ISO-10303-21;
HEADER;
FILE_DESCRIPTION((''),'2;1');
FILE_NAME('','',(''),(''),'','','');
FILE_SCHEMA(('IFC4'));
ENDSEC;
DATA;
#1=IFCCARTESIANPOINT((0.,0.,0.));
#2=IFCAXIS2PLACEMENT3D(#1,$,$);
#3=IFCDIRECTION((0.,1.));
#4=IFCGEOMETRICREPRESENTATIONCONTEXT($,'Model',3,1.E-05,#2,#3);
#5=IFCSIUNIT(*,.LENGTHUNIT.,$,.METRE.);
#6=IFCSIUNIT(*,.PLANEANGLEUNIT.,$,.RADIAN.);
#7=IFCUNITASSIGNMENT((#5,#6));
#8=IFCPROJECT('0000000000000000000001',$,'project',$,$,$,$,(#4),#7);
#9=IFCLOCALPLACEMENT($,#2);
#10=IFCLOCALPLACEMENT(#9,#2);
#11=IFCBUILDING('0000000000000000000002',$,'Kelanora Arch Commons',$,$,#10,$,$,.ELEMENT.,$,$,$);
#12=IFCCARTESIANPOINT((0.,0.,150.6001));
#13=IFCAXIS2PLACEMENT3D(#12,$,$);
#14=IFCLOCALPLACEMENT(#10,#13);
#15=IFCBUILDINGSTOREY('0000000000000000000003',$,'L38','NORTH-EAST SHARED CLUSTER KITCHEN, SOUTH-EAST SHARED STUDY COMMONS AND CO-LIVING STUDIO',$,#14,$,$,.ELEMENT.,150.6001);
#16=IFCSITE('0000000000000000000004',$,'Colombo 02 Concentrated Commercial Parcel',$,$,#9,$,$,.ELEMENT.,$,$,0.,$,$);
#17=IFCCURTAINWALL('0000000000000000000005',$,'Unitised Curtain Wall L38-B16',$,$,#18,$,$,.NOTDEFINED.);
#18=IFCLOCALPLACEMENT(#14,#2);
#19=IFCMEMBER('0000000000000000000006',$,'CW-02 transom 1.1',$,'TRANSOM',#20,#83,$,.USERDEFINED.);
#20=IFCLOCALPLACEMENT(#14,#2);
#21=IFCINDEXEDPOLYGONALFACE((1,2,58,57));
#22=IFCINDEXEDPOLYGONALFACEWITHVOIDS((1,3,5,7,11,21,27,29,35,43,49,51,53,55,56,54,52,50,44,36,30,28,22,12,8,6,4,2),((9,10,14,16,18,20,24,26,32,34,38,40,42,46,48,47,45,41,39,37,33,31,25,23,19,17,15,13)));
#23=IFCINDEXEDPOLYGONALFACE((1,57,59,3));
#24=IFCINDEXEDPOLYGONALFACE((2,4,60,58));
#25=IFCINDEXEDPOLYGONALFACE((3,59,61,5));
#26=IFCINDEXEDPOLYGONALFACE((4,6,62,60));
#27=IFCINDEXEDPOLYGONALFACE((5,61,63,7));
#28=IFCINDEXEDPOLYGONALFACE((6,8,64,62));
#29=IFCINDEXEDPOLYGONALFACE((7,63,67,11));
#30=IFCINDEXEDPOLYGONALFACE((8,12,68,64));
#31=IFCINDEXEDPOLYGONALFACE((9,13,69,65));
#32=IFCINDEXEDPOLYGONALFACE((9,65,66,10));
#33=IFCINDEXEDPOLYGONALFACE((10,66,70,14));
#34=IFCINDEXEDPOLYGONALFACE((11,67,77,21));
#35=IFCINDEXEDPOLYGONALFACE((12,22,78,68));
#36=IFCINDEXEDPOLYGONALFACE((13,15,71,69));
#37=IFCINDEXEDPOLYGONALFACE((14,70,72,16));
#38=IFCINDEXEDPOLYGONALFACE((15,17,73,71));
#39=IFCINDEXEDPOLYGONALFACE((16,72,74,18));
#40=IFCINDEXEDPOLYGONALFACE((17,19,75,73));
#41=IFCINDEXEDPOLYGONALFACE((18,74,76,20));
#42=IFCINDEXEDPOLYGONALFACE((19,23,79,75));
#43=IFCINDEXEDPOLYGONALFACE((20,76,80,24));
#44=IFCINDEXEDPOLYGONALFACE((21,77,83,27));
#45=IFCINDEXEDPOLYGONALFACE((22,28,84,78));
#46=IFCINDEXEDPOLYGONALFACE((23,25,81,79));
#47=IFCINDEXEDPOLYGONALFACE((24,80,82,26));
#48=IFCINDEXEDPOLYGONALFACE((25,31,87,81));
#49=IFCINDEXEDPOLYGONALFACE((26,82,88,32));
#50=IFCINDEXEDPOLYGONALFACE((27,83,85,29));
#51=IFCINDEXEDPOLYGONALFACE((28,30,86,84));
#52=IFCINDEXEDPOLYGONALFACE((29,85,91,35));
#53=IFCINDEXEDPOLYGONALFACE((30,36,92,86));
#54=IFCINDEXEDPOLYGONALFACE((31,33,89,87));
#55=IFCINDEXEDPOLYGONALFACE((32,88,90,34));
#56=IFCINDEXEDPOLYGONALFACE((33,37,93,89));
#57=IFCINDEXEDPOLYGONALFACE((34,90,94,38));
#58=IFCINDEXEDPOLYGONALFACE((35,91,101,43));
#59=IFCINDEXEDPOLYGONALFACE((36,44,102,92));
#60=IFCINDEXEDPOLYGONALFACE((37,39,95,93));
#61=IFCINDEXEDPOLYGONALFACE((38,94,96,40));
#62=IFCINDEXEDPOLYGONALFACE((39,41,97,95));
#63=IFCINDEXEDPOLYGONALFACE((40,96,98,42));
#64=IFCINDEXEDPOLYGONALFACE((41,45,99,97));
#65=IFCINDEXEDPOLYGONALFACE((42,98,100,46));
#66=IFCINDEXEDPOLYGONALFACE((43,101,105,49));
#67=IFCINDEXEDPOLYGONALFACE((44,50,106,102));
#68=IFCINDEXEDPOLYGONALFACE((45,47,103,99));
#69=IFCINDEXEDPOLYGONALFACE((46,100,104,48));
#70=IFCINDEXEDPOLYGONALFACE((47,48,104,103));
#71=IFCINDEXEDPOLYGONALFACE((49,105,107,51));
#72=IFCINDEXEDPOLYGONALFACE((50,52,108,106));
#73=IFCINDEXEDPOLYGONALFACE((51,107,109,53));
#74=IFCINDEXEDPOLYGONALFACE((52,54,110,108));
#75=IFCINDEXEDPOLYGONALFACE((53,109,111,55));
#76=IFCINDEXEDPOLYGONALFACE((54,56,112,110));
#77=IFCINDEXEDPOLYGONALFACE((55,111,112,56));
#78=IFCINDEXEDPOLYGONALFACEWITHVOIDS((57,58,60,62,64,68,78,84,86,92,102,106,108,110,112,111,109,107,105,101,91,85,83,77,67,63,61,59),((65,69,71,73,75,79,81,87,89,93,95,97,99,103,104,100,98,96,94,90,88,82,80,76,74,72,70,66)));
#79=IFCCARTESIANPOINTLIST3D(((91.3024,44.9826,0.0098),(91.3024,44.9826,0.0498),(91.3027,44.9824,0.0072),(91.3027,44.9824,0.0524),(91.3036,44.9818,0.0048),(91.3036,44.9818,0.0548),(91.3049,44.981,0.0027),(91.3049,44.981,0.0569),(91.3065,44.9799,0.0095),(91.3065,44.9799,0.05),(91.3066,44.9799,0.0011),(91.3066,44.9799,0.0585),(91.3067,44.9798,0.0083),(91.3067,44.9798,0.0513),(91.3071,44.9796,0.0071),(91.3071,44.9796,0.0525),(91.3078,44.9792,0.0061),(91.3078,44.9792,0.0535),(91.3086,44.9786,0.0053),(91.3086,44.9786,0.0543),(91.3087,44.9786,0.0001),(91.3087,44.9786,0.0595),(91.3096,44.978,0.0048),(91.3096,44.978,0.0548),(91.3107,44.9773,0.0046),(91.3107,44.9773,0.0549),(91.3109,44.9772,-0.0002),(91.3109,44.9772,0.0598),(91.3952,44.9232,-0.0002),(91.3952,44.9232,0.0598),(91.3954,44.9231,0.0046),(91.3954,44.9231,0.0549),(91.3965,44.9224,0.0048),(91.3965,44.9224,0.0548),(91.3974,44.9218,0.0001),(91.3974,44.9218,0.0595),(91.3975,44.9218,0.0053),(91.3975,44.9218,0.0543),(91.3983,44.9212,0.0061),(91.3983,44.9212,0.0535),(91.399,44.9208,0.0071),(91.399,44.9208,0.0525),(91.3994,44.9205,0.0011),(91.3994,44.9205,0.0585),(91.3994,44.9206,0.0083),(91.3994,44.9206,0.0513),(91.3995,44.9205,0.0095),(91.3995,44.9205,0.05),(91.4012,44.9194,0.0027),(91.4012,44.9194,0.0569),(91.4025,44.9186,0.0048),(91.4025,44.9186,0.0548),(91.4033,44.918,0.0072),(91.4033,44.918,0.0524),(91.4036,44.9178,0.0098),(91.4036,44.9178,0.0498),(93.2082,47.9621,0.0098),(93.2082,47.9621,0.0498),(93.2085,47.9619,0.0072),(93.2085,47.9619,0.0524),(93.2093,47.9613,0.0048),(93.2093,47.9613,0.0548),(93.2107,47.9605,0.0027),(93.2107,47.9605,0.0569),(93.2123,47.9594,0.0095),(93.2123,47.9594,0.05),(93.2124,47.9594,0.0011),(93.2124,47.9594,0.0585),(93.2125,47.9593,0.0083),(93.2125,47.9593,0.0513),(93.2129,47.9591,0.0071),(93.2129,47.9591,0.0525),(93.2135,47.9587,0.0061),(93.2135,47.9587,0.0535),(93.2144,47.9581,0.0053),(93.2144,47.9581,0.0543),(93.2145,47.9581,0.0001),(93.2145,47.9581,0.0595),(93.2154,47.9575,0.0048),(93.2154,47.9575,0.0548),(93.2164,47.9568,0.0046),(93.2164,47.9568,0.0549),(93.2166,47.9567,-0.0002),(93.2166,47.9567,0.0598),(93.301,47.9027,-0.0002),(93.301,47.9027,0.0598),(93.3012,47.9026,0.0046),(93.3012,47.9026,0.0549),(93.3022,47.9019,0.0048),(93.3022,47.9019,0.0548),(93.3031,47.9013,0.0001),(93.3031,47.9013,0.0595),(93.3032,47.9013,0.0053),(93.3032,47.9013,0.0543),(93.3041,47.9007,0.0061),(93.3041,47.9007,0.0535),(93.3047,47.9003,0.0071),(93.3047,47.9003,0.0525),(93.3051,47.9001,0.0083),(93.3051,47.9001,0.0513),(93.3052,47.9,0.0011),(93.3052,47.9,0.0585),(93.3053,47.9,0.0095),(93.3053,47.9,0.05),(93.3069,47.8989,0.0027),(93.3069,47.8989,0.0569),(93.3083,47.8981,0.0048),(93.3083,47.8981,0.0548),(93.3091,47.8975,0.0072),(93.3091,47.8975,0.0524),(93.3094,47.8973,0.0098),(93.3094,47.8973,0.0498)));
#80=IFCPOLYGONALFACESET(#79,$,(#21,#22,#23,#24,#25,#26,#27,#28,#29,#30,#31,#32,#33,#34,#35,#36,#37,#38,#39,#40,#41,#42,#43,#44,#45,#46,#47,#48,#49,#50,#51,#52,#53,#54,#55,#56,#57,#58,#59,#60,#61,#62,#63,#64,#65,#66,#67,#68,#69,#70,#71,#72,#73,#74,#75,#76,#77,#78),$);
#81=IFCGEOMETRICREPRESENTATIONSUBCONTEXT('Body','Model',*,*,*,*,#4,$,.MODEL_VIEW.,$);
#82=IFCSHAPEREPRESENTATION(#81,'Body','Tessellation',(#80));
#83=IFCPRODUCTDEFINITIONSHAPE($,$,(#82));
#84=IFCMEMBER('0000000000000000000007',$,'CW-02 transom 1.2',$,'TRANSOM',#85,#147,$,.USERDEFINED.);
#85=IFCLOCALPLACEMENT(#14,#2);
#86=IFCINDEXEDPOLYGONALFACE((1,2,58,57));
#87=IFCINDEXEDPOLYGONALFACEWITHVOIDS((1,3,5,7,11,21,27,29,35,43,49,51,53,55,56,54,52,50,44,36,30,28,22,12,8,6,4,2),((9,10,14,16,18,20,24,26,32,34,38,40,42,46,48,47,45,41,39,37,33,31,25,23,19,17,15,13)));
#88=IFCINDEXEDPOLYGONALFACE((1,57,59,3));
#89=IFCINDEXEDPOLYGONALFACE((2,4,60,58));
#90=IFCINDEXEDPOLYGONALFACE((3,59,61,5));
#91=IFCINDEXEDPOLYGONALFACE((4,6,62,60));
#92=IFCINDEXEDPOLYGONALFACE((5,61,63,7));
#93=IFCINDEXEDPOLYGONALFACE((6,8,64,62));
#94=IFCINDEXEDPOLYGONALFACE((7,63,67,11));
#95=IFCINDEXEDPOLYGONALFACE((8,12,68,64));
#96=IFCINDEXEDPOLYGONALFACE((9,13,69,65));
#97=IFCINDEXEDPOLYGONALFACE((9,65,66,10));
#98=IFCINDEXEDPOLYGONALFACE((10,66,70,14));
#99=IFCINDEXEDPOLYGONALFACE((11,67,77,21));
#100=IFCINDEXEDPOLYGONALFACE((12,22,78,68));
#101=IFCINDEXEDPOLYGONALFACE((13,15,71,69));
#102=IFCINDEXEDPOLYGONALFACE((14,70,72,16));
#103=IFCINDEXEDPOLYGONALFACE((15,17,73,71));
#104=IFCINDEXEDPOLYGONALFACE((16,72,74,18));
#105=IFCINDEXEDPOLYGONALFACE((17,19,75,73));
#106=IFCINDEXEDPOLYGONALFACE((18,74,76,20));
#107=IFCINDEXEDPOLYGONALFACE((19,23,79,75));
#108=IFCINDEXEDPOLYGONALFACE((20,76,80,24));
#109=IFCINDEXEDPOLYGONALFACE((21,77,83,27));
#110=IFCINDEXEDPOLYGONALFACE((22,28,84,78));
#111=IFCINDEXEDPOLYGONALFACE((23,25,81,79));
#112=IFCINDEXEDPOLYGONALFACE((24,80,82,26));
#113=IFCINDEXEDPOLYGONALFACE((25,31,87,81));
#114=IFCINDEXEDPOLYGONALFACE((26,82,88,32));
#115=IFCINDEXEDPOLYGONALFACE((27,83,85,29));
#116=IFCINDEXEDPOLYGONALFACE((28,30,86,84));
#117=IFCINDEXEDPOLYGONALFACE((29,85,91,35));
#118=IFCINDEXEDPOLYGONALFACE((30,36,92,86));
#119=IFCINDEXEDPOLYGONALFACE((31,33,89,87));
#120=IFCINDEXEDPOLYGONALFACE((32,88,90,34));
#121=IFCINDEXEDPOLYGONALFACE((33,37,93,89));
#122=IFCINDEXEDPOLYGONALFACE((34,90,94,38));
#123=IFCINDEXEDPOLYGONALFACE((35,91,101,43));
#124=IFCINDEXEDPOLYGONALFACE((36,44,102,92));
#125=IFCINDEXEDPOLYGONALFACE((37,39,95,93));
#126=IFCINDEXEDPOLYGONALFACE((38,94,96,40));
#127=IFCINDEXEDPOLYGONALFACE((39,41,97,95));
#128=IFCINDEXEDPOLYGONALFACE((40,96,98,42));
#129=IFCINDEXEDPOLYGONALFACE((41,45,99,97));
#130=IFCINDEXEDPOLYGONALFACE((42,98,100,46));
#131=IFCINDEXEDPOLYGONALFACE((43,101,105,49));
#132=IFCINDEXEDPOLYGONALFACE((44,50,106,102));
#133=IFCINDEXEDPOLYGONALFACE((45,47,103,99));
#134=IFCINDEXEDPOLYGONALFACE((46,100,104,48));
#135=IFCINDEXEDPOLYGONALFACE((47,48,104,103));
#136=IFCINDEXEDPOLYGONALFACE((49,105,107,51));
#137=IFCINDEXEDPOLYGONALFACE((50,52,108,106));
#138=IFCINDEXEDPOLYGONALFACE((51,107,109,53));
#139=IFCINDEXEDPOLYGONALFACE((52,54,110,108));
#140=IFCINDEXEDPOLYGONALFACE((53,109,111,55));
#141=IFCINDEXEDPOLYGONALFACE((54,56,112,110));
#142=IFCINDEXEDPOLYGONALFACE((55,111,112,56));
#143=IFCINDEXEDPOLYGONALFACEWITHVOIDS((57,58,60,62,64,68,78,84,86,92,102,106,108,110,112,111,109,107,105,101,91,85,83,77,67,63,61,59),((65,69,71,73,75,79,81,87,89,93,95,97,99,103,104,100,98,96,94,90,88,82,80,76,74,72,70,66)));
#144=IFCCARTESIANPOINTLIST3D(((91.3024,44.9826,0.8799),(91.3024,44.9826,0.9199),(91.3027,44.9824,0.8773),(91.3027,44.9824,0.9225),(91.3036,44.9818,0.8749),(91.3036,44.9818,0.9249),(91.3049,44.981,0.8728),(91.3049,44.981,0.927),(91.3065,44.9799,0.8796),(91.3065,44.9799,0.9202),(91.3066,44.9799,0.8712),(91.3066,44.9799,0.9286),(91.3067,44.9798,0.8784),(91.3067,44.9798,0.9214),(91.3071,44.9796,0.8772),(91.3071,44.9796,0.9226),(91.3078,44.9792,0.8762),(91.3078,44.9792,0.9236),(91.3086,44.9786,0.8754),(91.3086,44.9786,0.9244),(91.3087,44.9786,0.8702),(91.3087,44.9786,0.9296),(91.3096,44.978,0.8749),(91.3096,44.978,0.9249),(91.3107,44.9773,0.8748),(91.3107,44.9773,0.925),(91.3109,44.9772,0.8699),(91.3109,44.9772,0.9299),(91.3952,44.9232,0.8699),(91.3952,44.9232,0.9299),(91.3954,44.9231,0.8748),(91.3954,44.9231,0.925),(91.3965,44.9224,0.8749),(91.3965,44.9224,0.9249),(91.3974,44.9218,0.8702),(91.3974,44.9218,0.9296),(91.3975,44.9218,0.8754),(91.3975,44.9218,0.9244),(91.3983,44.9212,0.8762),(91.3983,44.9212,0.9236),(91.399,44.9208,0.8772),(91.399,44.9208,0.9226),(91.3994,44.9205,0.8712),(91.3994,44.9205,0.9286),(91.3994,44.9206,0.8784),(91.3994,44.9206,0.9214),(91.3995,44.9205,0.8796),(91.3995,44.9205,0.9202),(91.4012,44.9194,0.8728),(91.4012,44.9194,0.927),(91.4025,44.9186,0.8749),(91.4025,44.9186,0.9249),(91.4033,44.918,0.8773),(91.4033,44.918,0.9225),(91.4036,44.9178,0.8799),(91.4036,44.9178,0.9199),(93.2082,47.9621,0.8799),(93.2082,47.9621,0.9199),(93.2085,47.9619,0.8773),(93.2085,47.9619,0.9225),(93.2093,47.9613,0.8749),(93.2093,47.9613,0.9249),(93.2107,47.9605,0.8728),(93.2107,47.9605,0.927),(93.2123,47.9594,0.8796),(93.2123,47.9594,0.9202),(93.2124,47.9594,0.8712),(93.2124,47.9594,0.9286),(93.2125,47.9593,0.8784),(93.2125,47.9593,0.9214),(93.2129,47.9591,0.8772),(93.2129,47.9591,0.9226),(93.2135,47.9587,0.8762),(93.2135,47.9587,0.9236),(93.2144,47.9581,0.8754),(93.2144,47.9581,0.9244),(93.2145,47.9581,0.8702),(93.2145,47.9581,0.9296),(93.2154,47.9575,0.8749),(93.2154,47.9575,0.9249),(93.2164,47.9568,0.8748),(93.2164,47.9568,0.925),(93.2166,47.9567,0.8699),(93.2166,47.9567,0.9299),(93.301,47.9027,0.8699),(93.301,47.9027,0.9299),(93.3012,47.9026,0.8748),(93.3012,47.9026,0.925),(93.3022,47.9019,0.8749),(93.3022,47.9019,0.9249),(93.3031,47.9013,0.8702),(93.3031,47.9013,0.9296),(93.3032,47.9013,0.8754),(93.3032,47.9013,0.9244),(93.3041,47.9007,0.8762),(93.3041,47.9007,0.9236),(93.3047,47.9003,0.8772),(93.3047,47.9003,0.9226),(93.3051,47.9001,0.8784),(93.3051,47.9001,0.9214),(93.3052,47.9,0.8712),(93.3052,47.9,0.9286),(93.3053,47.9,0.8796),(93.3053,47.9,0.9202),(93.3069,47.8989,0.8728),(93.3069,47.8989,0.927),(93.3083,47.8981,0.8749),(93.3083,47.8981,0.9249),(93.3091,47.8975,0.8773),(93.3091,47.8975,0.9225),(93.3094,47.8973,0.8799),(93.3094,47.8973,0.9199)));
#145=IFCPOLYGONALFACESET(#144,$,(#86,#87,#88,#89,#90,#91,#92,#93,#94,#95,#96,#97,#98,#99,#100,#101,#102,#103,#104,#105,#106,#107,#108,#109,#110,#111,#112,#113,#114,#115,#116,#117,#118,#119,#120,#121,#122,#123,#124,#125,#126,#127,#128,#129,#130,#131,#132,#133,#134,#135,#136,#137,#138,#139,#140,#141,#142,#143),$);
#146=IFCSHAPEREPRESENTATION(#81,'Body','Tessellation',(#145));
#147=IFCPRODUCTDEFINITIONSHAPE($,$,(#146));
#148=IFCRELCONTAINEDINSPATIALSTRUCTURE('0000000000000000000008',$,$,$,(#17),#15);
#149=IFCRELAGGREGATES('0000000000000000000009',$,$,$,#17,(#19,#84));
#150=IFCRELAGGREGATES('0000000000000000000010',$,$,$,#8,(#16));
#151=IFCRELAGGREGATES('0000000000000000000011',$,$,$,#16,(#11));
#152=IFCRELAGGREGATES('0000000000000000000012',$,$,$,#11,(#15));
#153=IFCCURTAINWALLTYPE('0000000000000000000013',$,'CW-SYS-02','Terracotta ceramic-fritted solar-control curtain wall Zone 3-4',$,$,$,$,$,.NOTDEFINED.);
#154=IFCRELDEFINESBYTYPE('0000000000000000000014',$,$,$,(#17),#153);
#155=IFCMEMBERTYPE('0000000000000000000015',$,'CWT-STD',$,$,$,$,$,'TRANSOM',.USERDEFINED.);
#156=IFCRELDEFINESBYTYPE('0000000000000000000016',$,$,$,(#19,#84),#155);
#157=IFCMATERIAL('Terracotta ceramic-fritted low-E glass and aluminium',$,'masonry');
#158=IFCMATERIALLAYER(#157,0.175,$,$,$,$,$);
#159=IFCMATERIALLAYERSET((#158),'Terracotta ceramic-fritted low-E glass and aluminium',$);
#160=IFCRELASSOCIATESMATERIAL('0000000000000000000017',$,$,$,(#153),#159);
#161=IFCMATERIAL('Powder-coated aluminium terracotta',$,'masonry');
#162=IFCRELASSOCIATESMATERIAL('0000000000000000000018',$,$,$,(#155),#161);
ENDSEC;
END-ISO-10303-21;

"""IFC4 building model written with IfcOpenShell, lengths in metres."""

from ifc_helpers import new_model, si_unit, direction, frame, origin, origin_2d, place, context, subcontext, project, spatial, hollow_rectangle, extrude, material, layer, layer_set, material_profile, profile_set, type_object, element, aggregate, save


model = new_model("IFC4")

# Units and contexts
model_context = context("Model", 3, precision=1e-05, world=origin(), true_north=direction((0.0, 1.0)))
body_context = subcontext(model_context, "Body", "Model", "MODEL_VIEW")
ifc_project = project(units=[si_unit("LENGTHUNIT", "METRE"), si_unit("PLANEANGLEUNIT", "RADIAN")], contexts=[model_context])

# Site, building, storey
site_placement = place(None, origin())
site = spatial("IfcSite", under=ifc_project, at=site_placement, Name="Colombo 02 Concentrated Commercial Parcel", CompositionType="ELEMENT", RefElevation=0.0)
building_placement = place(site_placement, origin())
building = spatial("IfcBuilding", under=site, at=building_placement, Name="Kelanora Arch Commons", CompositionType="ELEMENT")
storey_placement = place(building_placement, frame((0.0, 0.0, 150.6001)))
storey = spatial("IfcBuildingStorey", under=building, at=storey_placement, Name="L38", Description="NORTH-EAST SHARED CLUSTER KITCHEN, SOUTH-EAST SHARED STUDY COMMONS AND CO-LIVING STUDIO", CompositionType="ELEMENT", Elevation=150.6001)

# Shared definitions
ifc_material_1 = material(Name="Terracotta ceramic-fritted low-E glass and aluminium", Category="masonry")
ifc_layer_1 = layer(ifc_material_1, 0.175)
ifc_layer_set_1 = layer_set([ifc_layer_1], Name="Terracotta ceramic-fritted low-E glass and aluminium")
curtain_wall_type = type_object("IfcCurtainWallType", Name="CW-SYS-02", Description="Terracotta ceramic-fritted solar-control curtain wall Zone 3-4", PredefinedType="NOTDEFINED", material=ifc_layer_set_1)
ifc_material_2 = material(Name="Powder-coated aluminium terracotta", Category="masonry")

# Curtain wall, members
curtain_wall_1_placement = place(storey_placement, origin())
curtain_wall_1 = element("IfcCurtainWall", 1, at=curtain_wall_1_placement, inside=storey, type_object=curtain_wall_type, Name="Unitised Curtain Wall L38-B16", PredefinedType="NOTDEFINED")
ifc_material_profile_1 = material_profile(ifc_material_2, hollow_rectangle(XDim=0.1201, YDim=0.0601, WallThickness=0.0049, InnerFilletRadius=0.0049, OuterFilletRadius=0.01, at=origin_2d()), Name="CWT120x60")
ifc_profile_set_1 = profile_set([ifc_material_profile_1], Name="Powder-coated aluminium terracotta")
member_type_1 = type_object("IfcMemberType", Name="CWT-STD", ElementType="TRANSOM", PredefinedType="USERDEFINED", material=ifc_profile_set_1)
member_1_placement = place(storey_placement, frame((91.353, 44.9502, 0.0298), z_axis=(0.53883, 0.842414, 0.0), x_axis=(-0.842414, 0.53883, 0.0)))
member_1 = element("IfcMember", 2, at=member_1_placement, type_object=member_type_1, Name="CW-02 transom 1.1", ObjectType="TRANSOM", PredefinedType="USERDEFINED", context=body_context, shape_type="SweptSolid", body=[
    extrude(hollow_rectangle(XDim=0.1201, YDim=0.0601, WallThickness=0.0049, InnerFilletRadius=0.0049, OuterFilletRadius=0.01, at=origin_2d()), origin(), (0.0, 0.0, 1.0), 3.5369),
])
member_2_placement = place(storey_placement, frame((91.353, 44.9502, 0.8999), z_axis=(0.53883, 0.842414, 0.0), x_axis=(-0.842414, 0.53883, 0.0)))
member_2 = element("IfcMember", 3, at=member_2_placement, type_object=member_type_1, Name="CW-02 transom 1.2", ObjectType="TRANSOM", PredefinedType="USERDEFINED", context=body_context, shape_type="SweptSolid", body=[
    extrude(hollow_rectangle(XDim=0.1201, YDim=0.0601, WallThickness=0.0049, InnerFilletRadius=0.0049, OuterFilletRadius=0.01, at=origin_2d()), origin(), (0.0, 0.0, 1.0), 3.5369),
])

aggregate(curtain_wall_1, [member_1, member_2])

save(model, "model.ifc")
